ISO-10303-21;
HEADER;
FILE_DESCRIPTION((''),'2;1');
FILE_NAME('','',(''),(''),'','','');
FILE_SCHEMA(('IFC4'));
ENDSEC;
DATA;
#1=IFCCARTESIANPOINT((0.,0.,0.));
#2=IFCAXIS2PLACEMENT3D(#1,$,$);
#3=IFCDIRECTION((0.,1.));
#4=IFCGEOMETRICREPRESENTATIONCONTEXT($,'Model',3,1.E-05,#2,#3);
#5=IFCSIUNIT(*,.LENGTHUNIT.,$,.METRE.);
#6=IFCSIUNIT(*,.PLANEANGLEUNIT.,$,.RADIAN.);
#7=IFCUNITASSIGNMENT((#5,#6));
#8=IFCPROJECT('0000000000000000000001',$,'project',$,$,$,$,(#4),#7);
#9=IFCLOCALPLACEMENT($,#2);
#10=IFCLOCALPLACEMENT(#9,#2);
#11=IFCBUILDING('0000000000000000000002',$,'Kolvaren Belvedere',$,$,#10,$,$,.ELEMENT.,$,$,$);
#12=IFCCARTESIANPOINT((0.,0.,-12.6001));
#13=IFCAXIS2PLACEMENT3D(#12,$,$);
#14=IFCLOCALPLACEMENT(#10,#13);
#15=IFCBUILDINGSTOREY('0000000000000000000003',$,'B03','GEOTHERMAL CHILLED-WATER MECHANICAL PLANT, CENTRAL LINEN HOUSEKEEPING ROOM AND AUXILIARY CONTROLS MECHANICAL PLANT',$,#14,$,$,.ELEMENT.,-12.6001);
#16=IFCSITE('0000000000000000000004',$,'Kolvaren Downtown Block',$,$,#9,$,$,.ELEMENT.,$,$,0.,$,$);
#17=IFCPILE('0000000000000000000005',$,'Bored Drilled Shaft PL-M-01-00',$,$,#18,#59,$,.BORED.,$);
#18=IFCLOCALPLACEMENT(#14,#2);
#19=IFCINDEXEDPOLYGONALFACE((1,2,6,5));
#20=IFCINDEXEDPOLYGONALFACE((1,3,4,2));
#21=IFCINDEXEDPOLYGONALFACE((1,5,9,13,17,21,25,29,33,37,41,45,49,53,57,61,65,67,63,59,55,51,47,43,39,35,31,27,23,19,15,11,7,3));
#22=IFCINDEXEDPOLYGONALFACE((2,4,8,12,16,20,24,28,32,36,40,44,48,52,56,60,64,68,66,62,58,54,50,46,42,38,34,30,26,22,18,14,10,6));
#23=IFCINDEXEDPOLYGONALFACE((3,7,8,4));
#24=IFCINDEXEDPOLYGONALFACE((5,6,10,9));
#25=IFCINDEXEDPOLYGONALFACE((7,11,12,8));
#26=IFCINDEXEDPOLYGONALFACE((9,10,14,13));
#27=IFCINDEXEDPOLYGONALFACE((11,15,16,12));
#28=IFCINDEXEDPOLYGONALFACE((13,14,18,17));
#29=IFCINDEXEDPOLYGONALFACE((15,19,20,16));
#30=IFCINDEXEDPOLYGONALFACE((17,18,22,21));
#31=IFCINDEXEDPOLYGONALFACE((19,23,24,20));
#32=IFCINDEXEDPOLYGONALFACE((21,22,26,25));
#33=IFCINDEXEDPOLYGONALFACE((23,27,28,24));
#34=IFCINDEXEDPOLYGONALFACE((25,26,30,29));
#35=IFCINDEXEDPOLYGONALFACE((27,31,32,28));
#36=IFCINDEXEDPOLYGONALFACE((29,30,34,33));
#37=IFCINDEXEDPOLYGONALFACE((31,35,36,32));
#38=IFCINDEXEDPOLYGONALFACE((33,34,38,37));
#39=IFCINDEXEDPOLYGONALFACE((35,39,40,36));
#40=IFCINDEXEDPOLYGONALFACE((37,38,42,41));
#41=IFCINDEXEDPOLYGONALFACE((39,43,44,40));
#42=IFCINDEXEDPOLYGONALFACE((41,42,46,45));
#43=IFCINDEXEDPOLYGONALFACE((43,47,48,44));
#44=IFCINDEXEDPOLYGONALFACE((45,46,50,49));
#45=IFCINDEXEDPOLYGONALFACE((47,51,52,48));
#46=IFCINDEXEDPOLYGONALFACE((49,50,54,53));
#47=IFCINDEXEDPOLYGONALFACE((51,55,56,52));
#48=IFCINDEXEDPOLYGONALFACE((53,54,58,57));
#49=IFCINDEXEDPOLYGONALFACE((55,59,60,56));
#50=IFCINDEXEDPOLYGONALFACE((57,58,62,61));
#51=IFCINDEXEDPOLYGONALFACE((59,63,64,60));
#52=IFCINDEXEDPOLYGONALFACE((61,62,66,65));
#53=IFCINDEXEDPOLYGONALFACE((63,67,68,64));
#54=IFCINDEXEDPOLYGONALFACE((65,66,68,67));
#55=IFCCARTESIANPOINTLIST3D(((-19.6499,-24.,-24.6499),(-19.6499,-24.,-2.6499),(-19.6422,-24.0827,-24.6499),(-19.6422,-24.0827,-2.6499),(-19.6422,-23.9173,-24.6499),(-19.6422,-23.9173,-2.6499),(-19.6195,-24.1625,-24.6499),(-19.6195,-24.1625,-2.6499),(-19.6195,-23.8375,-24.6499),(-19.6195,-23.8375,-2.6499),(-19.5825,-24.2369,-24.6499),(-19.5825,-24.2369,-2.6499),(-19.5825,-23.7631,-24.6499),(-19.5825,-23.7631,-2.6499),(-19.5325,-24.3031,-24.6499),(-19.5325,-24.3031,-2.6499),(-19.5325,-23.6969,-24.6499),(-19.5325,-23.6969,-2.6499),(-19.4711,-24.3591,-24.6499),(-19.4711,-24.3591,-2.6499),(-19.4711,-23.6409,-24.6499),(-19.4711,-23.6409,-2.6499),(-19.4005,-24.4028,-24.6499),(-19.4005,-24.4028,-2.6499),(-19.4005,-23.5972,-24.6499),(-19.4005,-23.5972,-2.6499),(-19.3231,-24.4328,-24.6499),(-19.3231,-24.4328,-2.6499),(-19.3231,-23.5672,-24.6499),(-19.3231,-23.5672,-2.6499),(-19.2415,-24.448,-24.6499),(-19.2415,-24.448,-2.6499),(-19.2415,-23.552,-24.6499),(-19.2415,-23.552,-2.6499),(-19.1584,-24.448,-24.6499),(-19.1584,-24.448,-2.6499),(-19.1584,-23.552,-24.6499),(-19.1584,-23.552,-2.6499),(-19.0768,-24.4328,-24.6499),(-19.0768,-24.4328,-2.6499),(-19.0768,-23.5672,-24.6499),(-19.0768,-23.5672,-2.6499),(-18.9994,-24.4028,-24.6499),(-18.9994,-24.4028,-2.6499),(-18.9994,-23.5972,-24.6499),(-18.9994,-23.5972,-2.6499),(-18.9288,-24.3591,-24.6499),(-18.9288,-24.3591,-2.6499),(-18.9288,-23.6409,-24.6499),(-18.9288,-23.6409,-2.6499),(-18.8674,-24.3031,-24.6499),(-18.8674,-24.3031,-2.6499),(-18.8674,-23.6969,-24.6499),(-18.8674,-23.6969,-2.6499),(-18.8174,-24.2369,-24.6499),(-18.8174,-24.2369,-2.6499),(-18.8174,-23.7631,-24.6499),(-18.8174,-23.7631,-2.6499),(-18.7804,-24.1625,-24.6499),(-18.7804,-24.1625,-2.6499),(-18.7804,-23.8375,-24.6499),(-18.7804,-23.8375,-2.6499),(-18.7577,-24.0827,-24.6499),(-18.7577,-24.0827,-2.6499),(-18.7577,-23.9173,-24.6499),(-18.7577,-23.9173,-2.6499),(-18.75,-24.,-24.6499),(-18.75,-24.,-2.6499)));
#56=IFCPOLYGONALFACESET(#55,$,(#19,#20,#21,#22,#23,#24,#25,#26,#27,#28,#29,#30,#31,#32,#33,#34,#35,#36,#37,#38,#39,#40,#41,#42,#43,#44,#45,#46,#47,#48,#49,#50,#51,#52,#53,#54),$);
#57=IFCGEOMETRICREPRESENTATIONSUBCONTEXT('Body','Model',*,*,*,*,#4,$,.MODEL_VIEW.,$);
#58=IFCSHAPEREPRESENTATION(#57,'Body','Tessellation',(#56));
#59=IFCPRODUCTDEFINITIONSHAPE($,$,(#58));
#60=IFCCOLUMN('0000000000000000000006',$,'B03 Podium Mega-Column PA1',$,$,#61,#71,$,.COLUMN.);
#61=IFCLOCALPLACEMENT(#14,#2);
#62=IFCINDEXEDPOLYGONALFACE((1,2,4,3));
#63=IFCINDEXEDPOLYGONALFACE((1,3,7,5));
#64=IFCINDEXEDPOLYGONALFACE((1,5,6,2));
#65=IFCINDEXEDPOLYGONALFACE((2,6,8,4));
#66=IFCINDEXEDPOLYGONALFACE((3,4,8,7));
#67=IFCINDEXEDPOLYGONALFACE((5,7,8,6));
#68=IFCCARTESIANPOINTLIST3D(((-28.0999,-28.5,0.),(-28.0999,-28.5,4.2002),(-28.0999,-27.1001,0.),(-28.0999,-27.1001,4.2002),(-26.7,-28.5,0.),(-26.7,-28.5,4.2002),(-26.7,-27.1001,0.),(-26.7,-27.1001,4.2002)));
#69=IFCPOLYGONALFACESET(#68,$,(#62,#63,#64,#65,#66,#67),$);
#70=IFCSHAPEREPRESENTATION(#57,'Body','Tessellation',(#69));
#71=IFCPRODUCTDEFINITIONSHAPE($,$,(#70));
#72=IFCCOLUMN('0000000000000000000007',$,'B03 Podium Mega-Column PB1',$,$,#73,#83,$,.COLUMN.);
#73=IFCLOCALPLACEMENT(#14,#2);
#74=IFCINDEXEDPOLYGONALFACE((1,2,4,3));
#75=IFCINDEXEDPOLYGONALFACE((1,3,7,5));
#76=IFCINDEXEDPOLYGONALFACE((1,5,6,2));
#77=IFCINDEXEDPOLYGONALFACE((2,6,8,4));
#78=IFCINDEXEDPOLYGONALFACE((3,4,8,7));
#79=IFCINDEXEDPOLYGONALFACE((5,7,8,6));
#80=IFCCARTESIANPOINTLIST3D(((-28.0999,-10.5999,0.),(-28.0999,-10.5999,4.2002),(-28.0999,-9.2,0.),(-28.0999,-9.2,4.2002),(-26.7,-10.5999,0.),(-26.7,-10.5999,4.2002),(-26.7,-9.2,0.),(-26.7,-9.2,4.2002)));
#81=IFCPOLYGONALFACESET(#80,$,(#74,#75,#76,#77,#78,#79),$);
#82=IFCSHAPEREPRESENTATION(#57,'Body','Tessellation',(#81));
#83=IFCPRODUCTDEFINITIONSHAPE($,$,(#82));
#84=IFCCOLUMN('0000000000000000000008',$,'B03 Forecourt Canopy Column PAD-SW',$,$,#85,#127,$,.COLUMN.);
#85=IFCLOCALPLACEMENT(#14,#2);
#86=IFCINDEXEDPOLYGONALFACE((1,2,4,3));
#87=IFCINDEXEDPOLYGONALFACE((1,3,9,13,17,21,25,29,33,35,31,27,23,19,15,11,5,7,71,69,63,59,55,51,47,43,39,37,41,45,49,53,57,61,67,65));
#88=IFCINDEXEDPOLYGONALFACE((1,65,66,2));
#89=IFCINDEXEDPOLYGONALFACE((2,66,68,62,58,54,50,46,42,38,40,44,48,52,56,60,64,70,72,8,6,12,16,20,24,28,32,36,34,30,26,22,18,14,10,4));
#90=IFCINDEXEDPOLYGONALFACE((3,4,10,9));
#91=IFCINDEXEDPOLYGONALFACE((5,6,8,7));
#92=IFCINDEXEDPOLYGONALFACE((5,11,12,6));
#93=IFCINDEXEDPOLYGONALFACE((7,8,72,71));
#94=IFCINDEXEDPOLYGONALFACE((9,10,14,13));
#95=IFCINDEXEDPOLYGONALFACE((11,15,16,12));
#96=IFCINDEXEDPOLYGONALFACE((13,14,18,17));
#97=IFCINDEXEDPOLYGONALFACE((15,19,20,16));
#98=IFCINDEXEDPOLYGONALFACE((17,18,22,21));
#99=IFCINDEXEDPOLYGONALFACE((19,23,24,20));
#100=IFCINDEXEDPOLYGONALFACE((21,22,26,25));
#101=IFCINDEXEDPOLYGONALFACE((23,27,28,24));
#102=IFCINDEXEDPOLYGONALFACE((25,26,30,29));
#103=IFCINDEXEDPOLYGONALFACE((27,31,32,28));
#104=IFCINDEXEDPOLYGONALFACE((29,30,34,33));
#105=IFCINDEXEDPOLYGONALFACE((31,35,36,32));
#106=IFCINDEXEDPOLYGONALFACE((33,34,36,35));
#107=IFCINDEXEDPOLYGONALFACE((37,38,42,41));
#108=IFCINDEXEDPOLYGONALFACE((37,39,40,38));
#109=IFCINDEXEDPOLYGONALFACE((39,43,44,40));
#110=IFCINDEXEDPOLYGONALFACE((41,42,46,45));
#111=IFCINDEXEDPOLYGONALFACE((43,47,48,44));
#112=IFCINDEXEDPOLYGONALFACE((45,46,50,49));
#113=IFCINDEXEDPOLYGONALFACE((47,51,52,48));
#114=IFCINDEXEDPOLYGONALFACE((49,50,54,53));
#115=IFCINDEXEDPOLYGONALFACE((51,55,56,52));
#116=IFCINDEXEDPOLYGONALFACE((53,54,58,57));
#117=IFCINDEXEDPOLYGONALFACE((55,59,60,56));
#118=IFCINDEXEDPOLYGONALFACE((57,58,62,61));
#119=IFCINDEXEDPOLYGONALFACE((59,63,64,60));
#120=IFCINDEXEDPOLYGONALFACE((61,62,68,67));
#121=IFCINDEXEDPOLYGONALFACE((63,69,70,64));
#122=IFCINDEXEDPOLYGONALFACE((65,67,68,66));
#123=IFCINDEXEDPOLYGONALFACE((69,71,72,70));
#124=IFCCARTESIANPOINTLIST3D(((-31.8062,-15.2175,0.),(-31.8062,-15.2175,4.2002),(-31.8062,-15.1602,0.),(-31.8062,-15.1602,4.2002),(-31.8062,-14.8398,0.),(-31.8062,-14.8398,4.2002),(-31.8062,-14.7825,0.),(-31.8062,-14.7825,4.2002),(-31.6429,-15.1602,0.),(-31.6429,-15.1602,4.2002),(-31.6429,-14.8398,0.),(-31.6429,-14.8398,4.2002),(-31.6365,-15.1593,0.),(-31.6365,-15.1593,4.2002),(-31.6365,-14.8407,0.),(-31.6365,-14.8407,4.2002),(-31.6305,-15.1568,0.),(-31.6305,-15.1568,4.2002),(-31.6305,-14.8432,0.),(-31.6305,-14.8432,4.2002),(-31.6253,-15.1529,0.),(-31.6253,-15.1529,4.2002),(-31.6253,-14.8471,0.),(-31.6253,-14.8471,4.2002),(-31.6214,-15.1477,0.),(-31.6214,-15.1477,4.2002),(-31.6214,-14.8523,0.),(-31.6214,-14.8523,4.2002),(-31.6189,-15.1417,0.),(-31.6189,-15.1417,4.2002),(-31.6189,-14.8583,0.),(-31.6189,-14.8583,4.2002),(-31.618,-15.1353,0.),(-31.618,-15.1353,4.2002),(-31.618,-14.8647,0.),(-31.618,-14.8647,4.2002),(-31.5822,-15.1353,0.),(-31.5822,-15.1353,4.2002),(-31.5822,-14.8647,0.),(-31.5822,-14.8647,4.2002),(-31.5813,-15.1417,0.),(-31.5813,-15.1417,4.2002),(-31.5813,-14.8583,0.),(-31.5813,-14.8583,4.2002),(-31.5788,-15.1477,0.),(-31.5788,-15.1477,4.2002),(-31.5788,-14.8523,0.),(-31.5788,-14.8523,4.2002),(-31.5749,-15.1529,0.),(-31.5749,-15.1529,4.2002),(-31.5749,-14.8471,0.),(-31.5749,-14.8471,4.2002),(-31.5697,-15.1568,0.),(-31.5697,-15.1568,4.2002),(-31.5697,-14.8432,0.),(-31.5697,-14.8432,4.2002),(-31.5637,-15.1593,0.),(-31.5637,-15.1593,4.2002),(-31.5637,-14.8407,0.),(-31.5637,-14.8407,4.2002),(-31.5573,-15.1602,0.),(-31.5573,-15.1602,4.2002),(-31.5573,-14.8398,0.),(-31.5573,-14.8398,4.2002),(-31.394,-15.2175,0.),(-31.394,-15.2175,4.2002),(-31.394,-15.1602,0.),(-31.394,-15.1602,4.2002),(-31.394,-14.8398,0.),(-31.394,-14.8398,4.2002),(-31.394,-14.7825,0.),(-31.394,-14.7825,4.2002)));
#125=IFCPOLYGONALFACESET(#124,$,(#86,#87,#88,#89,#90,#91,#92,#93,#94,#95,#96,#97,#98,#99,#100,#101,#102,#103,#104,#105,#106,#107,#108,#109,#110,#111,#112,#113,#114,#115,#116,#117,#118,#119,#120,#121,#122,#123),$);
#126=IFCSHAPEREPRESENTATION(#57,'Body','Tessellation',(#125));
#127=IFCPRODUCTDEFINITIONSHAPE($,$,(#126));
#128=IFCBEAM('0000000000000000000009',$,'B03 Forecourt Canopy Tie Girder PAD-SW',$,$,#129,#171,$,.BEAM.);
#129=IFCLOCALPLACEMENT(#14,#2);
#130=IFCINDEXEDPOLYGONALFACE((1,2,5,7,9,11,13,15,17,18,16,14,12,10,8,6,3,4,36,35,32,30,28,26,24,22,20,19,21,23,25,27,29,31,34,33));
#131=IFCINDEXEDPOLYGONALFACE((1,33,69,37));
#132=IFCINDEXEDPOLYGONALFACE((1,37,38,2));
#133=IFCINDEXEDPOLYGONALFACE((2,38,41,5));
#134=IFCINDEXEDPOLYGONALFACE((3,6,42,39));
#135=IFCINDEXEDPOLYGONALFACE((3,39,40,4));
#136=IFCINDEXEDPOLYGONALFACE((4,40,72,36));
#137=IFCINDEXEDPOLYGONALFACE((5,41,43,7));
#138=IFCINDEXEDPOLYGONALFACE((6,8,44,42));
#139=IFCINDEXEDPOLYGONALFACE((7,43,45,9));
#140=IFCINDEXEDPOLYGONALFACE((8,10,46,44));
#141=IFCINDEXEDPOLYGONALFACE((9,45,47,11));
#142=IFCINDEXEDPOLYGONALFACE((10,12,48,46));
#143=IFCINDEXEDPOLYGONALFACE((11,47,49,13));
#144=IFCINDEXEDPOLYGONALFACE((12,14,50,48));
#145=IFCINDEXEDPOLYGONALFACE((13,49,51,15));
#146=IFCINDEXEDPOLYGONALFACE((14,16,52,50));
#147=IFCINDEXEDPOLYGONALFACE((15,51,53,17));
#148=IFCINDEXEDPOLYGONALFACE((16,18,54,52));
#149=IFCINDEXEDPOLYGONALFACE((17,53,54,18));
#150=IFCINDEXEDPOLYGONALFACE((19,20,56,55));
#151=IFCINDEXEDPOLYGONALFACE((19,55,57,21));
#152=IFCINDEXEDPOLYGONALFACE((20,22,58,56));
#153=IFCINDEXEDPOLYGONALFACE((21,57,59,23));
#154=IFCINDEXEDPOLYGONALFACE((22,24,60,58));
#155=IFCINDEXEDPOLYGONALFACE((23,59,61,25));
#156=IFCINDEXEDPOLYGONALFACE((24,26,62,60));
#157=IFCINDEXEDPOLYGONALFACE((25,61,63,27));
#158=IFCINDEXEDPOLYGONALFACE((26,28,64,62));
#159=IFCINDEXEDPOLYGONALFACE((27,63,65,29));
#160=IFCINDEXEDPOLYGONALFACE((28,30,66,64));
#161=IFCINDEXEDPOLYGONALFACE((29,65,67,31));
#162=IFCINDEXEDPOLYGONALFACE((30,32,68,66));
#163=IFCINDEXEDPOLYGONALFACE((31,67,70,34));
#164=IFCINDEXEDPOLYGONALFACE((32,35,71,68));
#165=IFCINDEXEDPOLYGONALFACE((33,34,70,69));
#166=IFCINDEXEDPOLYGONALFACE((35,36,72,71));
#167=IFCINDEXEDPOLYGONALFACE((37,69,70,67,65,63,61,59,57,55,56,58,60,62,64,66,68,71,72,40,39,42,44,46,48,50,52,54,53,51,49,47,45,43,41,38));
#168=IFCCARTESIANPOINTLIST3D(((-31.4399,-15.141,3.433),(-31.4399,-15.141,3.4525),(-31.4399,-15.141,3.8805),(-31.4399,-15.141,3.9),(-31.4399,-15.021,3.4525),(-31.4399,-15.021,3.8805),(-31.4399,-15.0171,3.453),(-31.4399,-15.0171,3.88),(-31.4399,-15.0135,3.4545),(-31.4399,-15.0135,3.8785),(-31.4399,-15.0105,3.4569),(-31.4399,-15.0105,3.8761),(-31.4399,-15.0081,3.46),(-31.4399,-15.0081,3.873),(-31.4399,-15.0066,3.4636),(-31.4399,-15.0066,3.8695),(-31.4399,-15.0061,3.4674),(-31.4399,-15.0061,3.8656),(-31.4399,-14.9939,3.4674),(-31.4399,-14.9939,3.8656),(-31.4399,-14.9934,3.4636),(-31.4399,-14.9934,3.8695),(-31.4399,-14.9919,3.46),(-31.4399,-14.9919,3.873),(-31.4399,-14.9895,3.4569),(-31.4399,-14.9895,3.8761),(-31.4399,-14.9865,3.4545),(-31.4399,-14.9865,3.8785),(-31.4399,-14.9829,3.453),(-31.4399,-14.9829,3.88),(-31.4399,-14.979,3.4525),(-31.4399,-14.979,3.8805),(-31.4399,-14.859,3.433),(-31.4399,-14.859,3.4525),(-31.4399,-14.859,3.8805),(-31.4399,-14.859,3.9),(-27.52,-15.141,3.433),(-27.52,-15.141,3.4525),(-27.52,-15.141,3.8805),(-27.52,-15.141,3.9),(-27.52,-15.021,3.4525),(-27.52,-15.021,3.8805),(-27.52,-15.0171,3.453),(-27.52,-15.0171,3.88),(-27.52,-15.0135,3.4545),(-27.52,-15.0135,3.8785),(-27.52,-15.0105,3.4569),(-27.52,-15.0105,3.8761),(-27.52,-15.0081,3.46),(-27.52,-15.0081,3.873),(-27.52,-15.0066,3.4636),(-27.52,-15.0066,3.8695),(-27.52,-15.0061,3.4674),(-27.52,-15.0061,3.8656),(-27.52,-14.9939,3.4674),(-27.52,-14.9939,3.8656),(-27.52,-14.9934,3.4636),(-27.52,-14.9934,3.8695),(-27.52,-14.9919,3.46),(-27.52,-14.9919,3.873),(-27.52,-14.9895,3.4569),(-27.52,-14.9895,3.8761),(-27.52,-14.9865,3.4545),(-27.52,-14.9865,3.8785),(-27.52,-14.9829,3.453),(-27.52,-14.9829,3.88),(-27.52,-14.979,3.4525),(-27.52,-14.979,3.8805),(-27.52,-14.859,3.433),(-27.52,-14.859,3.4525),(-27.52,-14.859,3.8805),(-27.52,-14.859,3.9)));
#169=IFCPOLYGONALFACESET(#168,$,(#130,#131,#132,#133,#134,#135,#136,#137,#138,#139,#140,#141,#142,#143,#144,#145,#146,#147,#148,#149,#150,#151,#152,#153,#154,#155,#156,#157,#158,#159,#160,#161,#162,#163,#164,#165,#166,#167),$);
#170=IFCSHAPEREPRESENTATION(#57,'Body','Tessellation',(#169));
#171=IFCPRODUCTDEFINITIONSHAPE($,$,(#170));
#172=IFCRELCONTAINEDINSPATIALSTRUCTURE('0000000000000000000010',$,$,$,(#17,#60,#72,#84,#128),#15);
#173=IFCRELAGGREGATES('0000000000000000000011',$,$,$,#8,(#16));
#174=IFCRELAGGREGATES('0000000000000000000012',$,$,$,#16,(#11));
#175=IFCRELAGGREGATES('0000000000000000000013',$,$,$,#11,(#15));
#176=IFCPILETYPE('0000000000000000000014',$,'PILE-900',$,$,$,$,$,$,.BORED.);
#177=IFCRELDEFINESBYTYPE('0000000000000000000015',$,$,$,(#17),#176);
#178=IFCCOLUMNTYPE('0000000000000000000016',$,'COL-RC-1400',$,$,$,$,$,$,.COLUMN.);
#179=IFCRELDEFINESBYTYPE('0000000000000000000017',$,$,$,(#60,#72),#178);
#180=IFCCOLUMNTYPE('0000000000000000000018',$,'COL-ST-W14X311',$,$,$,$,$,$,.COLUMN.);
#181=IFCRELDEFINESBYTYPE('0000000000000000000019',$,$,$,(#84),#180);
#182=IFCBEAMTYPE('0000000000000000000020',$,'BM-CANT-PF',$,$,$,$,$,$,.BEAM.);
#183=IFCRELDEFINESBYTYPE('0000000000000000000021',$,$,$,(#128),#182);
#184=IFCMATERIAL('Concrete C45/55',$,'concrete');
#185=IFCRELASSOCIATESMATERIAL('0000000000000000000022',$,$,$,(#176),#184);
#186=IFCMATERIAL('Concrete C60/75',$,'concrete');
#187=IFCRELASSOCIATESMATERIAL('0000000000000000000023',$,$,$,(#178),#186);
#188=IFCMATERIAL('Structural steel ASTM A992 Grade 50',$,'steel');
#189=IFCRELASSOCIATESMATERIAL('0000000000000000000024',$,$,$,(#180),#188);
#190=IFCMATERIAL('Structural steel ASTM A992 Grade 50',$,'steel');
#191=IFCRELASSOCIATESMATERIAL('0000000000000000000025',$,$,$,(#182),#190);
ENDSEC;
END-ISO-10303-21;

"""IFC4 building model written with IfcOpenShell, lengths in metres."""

from ifc_helpers import new_model, si_unit, direction, frame, origin, origin_2d, place, context, subcontext, project, spatial, rectangle, circle, i_section, extrude, material, material_profile, profile_set, type_object, element, save


model = new_model("IFC4")

# Units and contexts
model_context = context("Model", 3, precision=1e-05, world=origin(), true_north=direction((0.0, 1.0)))
body_context = subcontext(model_context, "Body", "Model", "MODEL_VIEW")
ifc_project = project(units=[si_unit("LENGTHUNIT", "METRE"), si_unit("PLANEANGLEUNIT", "RADIAN")], contexts=[model_context])

# Site, building, storey
site_placement = place(None, origin())
site = spatial("IfcSite", under=ifc_project, at=site_placement, Name="Kolvaren Downtown Block", CompositionType="ELEMENT", RefElevation=0.0)
building_placement = place(site_placement, origin())
building = spatial("IfcBuilding", under=site, at=building_placement, Name="Kolvaren Belvedere", CompositionType="ELEMENT")
storey_placement = place(building_placement, frame((0.0, 0.0, -12.6001)))
storey = spatial("IfcBuildingStorey", under=building, at=storey_placement, Name="B03", Description="GEOTHERMAL CHILLED-WATER MECHANICAL PLANT, CENTRAL LINEN HOUSEKEEPING ROOM AND AUXILIARY CONTROLS MECHANICAL PLANT", CompositionType="ELEMENT", Elevation=-12.6001)

# Pile
ifc_material_1 = material(Name="Concrete C45/55", Category="concrete")
ifc_material_profile_1 = material_profile(ifc_material_1, circle(Radius=0.45, at=origin_2d()), Name="BORED PILE D900")
ifc_profile_set_1 = profile_set([ifc_material_profile_1], Name="Concrete C45/55")
pile_type_1 = type_object("IfcPileType", Name="PILE-900", PredefinedType="BORED", material=ifc_profile_set_1)
for number, where, z_axis, x_axis, name in (
    (1, (-19.2, -24.0, -2.6499), (0.0, 0.0, -1.0), (1.0, 0.0, 0.0), "Bored Drilled Shaft PL-M-01-00"),
):
    element("IfcPile", number, at=place(storey_placement, frame(where, z_axis=z_axis, x_axis=x_axis)), inside=storey, type_object=pile_type_1, Name=name, PredefinedType="BORED", context=body_context, shape_type="SweptSolid", body=[
        extrude(circle(Radius=0.45, at=origin_2d()), origin(), (0.0, 0.0, 1.0), 22.0),
    ])

# Columns
ifc_material_2 = material(Name="Concrete C60/75", Category="concrete")
ifc_material_profile_2 = material_profile(ifc_material_2, rectangle(XDim=1.3999, YDim=1.3999, at=origin_2d()), Name="RC 1400X1400")
ifc_profile_set_2 = profile_set([ifc_material_profile_2], Name="Concrete C60/75")
column_type_1 = type_object("IfcColumnType", Name="COL-RC-1400", PredefinedType="COLUMN", material=ifc_profile_set_2)
for number, where, z_axis, x_axis, name in (
    (2, (-27.3999, -27.8, 0.0), (0.0, 0.0, 1.0), (1.0, 0.0, 0.0), "B03 Podium Mega-Column PA1"),
    (3, (-27.3999, -9.8999, 0.0), (0.0, 0.0, 1.0), (1.0, 0.0, 0.0), "B03 Podium Mega-Column PB1"),
):
    element("IfcColumn", number, at=place(storey_placement, frame(where, z_axis=z_axis, x_axis=x_axis)), inside=storey, type_object=column_type_1, Name=name, PredefinedType="COLUMN", context=body_context, shape_type="SweptSolid", body=[
        extrude(rectangle(XDim=1.3999, YDim=1.3999, at=origin_2d()), origin(), (0.0, 0.0, 1.0), 4.2002),
    ])
ifc_material_3 = material(Name="Structural steel ASTM A992 Grade 50", Category="steel")
ifc_material_profile_3 = material_profile(ifc_material_3, i_section(OverallWidth=0.4121, OverallDepth=0.4351, WebThickness=0.0359, FlangeThickness=0.0574, FilletRadius=0.0249, at=origin_2d()), Name="W14X311")
ifc_profile_set_3 = profile_set([ifc_material_profile_3], Name="Structural steel ASTM A992 Grade 50")
column_type_2 = type_object("IfcColumnType", Name="COL-ST-W14X311", PredefinedType="COLUMN", material=ifc_profile_set_3)
column_placement = place(storey_placement, frame((-31.6001, -15.0, 0.0), z_axis=(0.0, 0.0, 1.0), x_axis=(1.0, 0.0, 0.0)))
element("IfcColumn", 4, at=column_placement, inside=storey, type_object=column_type_2, Name="B03 Forecourt Canopy Column PAD-SW", PredefinedType="COLUMN", context=body_context, shape_type="SweptSolid", body=[
    extrude(i_section(OverallWidth=0.4121, OverallDepth=0.4351, WebThickness=0.0359, FlangeThickness=0.0574, FilletRadius=0.0249, at=origin_2d()), origin(), (0.0, 0.0, 1.0), 4.2002),
])

# Beam
ifc_material_4 = material(Name="Structural steel ASTM A992 Grade 50", Category="steel")
ifc_material_profile_4 = material_profile(ifc_material_4, i_section(OverallWidth=0.282, OverallDepth=0.467, WebThickness=0.0122, FlangeThickness=0.0195, FilletRadius=0.0149, at=origin_2d()), Name="W18X86")
ifc_profile_set_4 = profile_set([ifc_material_profile_4], Name="Structural steel ASTM A992 Grade 50")
beam_type_1 = type_object("IfcBeamType", Name="BM-CANT-PF", PredefinedType="BEAM", material=ifc_profile_set_4)
beam_1_placement = place(storey_placement, frame((-31.4399, -15.0, 3.6665), z_axis=(1.0, 0.0, 0.0), x_axis=(0.0, 1.0, 0.0)))
element("IfcBeam", 5, at=beam_1_placement, inside=storey, type_object=beam_type_1, Name="B03 Forecourt Canopy Tie Girder PAD-SW", PredefinedType="BEAM", context=body_context, shape_type="SweptSolid", body=[
    extrude(i_section(OverallWidth=0.282, OverallDepth=0.467, WebThickness=0.0122, FlangeThickness=0.0195, FilletRadius=0.0149, at=origin_2d()), origin(), (0.0, 0.0, 1.0), 3.9199),
])

save(model, "model.ifc")
